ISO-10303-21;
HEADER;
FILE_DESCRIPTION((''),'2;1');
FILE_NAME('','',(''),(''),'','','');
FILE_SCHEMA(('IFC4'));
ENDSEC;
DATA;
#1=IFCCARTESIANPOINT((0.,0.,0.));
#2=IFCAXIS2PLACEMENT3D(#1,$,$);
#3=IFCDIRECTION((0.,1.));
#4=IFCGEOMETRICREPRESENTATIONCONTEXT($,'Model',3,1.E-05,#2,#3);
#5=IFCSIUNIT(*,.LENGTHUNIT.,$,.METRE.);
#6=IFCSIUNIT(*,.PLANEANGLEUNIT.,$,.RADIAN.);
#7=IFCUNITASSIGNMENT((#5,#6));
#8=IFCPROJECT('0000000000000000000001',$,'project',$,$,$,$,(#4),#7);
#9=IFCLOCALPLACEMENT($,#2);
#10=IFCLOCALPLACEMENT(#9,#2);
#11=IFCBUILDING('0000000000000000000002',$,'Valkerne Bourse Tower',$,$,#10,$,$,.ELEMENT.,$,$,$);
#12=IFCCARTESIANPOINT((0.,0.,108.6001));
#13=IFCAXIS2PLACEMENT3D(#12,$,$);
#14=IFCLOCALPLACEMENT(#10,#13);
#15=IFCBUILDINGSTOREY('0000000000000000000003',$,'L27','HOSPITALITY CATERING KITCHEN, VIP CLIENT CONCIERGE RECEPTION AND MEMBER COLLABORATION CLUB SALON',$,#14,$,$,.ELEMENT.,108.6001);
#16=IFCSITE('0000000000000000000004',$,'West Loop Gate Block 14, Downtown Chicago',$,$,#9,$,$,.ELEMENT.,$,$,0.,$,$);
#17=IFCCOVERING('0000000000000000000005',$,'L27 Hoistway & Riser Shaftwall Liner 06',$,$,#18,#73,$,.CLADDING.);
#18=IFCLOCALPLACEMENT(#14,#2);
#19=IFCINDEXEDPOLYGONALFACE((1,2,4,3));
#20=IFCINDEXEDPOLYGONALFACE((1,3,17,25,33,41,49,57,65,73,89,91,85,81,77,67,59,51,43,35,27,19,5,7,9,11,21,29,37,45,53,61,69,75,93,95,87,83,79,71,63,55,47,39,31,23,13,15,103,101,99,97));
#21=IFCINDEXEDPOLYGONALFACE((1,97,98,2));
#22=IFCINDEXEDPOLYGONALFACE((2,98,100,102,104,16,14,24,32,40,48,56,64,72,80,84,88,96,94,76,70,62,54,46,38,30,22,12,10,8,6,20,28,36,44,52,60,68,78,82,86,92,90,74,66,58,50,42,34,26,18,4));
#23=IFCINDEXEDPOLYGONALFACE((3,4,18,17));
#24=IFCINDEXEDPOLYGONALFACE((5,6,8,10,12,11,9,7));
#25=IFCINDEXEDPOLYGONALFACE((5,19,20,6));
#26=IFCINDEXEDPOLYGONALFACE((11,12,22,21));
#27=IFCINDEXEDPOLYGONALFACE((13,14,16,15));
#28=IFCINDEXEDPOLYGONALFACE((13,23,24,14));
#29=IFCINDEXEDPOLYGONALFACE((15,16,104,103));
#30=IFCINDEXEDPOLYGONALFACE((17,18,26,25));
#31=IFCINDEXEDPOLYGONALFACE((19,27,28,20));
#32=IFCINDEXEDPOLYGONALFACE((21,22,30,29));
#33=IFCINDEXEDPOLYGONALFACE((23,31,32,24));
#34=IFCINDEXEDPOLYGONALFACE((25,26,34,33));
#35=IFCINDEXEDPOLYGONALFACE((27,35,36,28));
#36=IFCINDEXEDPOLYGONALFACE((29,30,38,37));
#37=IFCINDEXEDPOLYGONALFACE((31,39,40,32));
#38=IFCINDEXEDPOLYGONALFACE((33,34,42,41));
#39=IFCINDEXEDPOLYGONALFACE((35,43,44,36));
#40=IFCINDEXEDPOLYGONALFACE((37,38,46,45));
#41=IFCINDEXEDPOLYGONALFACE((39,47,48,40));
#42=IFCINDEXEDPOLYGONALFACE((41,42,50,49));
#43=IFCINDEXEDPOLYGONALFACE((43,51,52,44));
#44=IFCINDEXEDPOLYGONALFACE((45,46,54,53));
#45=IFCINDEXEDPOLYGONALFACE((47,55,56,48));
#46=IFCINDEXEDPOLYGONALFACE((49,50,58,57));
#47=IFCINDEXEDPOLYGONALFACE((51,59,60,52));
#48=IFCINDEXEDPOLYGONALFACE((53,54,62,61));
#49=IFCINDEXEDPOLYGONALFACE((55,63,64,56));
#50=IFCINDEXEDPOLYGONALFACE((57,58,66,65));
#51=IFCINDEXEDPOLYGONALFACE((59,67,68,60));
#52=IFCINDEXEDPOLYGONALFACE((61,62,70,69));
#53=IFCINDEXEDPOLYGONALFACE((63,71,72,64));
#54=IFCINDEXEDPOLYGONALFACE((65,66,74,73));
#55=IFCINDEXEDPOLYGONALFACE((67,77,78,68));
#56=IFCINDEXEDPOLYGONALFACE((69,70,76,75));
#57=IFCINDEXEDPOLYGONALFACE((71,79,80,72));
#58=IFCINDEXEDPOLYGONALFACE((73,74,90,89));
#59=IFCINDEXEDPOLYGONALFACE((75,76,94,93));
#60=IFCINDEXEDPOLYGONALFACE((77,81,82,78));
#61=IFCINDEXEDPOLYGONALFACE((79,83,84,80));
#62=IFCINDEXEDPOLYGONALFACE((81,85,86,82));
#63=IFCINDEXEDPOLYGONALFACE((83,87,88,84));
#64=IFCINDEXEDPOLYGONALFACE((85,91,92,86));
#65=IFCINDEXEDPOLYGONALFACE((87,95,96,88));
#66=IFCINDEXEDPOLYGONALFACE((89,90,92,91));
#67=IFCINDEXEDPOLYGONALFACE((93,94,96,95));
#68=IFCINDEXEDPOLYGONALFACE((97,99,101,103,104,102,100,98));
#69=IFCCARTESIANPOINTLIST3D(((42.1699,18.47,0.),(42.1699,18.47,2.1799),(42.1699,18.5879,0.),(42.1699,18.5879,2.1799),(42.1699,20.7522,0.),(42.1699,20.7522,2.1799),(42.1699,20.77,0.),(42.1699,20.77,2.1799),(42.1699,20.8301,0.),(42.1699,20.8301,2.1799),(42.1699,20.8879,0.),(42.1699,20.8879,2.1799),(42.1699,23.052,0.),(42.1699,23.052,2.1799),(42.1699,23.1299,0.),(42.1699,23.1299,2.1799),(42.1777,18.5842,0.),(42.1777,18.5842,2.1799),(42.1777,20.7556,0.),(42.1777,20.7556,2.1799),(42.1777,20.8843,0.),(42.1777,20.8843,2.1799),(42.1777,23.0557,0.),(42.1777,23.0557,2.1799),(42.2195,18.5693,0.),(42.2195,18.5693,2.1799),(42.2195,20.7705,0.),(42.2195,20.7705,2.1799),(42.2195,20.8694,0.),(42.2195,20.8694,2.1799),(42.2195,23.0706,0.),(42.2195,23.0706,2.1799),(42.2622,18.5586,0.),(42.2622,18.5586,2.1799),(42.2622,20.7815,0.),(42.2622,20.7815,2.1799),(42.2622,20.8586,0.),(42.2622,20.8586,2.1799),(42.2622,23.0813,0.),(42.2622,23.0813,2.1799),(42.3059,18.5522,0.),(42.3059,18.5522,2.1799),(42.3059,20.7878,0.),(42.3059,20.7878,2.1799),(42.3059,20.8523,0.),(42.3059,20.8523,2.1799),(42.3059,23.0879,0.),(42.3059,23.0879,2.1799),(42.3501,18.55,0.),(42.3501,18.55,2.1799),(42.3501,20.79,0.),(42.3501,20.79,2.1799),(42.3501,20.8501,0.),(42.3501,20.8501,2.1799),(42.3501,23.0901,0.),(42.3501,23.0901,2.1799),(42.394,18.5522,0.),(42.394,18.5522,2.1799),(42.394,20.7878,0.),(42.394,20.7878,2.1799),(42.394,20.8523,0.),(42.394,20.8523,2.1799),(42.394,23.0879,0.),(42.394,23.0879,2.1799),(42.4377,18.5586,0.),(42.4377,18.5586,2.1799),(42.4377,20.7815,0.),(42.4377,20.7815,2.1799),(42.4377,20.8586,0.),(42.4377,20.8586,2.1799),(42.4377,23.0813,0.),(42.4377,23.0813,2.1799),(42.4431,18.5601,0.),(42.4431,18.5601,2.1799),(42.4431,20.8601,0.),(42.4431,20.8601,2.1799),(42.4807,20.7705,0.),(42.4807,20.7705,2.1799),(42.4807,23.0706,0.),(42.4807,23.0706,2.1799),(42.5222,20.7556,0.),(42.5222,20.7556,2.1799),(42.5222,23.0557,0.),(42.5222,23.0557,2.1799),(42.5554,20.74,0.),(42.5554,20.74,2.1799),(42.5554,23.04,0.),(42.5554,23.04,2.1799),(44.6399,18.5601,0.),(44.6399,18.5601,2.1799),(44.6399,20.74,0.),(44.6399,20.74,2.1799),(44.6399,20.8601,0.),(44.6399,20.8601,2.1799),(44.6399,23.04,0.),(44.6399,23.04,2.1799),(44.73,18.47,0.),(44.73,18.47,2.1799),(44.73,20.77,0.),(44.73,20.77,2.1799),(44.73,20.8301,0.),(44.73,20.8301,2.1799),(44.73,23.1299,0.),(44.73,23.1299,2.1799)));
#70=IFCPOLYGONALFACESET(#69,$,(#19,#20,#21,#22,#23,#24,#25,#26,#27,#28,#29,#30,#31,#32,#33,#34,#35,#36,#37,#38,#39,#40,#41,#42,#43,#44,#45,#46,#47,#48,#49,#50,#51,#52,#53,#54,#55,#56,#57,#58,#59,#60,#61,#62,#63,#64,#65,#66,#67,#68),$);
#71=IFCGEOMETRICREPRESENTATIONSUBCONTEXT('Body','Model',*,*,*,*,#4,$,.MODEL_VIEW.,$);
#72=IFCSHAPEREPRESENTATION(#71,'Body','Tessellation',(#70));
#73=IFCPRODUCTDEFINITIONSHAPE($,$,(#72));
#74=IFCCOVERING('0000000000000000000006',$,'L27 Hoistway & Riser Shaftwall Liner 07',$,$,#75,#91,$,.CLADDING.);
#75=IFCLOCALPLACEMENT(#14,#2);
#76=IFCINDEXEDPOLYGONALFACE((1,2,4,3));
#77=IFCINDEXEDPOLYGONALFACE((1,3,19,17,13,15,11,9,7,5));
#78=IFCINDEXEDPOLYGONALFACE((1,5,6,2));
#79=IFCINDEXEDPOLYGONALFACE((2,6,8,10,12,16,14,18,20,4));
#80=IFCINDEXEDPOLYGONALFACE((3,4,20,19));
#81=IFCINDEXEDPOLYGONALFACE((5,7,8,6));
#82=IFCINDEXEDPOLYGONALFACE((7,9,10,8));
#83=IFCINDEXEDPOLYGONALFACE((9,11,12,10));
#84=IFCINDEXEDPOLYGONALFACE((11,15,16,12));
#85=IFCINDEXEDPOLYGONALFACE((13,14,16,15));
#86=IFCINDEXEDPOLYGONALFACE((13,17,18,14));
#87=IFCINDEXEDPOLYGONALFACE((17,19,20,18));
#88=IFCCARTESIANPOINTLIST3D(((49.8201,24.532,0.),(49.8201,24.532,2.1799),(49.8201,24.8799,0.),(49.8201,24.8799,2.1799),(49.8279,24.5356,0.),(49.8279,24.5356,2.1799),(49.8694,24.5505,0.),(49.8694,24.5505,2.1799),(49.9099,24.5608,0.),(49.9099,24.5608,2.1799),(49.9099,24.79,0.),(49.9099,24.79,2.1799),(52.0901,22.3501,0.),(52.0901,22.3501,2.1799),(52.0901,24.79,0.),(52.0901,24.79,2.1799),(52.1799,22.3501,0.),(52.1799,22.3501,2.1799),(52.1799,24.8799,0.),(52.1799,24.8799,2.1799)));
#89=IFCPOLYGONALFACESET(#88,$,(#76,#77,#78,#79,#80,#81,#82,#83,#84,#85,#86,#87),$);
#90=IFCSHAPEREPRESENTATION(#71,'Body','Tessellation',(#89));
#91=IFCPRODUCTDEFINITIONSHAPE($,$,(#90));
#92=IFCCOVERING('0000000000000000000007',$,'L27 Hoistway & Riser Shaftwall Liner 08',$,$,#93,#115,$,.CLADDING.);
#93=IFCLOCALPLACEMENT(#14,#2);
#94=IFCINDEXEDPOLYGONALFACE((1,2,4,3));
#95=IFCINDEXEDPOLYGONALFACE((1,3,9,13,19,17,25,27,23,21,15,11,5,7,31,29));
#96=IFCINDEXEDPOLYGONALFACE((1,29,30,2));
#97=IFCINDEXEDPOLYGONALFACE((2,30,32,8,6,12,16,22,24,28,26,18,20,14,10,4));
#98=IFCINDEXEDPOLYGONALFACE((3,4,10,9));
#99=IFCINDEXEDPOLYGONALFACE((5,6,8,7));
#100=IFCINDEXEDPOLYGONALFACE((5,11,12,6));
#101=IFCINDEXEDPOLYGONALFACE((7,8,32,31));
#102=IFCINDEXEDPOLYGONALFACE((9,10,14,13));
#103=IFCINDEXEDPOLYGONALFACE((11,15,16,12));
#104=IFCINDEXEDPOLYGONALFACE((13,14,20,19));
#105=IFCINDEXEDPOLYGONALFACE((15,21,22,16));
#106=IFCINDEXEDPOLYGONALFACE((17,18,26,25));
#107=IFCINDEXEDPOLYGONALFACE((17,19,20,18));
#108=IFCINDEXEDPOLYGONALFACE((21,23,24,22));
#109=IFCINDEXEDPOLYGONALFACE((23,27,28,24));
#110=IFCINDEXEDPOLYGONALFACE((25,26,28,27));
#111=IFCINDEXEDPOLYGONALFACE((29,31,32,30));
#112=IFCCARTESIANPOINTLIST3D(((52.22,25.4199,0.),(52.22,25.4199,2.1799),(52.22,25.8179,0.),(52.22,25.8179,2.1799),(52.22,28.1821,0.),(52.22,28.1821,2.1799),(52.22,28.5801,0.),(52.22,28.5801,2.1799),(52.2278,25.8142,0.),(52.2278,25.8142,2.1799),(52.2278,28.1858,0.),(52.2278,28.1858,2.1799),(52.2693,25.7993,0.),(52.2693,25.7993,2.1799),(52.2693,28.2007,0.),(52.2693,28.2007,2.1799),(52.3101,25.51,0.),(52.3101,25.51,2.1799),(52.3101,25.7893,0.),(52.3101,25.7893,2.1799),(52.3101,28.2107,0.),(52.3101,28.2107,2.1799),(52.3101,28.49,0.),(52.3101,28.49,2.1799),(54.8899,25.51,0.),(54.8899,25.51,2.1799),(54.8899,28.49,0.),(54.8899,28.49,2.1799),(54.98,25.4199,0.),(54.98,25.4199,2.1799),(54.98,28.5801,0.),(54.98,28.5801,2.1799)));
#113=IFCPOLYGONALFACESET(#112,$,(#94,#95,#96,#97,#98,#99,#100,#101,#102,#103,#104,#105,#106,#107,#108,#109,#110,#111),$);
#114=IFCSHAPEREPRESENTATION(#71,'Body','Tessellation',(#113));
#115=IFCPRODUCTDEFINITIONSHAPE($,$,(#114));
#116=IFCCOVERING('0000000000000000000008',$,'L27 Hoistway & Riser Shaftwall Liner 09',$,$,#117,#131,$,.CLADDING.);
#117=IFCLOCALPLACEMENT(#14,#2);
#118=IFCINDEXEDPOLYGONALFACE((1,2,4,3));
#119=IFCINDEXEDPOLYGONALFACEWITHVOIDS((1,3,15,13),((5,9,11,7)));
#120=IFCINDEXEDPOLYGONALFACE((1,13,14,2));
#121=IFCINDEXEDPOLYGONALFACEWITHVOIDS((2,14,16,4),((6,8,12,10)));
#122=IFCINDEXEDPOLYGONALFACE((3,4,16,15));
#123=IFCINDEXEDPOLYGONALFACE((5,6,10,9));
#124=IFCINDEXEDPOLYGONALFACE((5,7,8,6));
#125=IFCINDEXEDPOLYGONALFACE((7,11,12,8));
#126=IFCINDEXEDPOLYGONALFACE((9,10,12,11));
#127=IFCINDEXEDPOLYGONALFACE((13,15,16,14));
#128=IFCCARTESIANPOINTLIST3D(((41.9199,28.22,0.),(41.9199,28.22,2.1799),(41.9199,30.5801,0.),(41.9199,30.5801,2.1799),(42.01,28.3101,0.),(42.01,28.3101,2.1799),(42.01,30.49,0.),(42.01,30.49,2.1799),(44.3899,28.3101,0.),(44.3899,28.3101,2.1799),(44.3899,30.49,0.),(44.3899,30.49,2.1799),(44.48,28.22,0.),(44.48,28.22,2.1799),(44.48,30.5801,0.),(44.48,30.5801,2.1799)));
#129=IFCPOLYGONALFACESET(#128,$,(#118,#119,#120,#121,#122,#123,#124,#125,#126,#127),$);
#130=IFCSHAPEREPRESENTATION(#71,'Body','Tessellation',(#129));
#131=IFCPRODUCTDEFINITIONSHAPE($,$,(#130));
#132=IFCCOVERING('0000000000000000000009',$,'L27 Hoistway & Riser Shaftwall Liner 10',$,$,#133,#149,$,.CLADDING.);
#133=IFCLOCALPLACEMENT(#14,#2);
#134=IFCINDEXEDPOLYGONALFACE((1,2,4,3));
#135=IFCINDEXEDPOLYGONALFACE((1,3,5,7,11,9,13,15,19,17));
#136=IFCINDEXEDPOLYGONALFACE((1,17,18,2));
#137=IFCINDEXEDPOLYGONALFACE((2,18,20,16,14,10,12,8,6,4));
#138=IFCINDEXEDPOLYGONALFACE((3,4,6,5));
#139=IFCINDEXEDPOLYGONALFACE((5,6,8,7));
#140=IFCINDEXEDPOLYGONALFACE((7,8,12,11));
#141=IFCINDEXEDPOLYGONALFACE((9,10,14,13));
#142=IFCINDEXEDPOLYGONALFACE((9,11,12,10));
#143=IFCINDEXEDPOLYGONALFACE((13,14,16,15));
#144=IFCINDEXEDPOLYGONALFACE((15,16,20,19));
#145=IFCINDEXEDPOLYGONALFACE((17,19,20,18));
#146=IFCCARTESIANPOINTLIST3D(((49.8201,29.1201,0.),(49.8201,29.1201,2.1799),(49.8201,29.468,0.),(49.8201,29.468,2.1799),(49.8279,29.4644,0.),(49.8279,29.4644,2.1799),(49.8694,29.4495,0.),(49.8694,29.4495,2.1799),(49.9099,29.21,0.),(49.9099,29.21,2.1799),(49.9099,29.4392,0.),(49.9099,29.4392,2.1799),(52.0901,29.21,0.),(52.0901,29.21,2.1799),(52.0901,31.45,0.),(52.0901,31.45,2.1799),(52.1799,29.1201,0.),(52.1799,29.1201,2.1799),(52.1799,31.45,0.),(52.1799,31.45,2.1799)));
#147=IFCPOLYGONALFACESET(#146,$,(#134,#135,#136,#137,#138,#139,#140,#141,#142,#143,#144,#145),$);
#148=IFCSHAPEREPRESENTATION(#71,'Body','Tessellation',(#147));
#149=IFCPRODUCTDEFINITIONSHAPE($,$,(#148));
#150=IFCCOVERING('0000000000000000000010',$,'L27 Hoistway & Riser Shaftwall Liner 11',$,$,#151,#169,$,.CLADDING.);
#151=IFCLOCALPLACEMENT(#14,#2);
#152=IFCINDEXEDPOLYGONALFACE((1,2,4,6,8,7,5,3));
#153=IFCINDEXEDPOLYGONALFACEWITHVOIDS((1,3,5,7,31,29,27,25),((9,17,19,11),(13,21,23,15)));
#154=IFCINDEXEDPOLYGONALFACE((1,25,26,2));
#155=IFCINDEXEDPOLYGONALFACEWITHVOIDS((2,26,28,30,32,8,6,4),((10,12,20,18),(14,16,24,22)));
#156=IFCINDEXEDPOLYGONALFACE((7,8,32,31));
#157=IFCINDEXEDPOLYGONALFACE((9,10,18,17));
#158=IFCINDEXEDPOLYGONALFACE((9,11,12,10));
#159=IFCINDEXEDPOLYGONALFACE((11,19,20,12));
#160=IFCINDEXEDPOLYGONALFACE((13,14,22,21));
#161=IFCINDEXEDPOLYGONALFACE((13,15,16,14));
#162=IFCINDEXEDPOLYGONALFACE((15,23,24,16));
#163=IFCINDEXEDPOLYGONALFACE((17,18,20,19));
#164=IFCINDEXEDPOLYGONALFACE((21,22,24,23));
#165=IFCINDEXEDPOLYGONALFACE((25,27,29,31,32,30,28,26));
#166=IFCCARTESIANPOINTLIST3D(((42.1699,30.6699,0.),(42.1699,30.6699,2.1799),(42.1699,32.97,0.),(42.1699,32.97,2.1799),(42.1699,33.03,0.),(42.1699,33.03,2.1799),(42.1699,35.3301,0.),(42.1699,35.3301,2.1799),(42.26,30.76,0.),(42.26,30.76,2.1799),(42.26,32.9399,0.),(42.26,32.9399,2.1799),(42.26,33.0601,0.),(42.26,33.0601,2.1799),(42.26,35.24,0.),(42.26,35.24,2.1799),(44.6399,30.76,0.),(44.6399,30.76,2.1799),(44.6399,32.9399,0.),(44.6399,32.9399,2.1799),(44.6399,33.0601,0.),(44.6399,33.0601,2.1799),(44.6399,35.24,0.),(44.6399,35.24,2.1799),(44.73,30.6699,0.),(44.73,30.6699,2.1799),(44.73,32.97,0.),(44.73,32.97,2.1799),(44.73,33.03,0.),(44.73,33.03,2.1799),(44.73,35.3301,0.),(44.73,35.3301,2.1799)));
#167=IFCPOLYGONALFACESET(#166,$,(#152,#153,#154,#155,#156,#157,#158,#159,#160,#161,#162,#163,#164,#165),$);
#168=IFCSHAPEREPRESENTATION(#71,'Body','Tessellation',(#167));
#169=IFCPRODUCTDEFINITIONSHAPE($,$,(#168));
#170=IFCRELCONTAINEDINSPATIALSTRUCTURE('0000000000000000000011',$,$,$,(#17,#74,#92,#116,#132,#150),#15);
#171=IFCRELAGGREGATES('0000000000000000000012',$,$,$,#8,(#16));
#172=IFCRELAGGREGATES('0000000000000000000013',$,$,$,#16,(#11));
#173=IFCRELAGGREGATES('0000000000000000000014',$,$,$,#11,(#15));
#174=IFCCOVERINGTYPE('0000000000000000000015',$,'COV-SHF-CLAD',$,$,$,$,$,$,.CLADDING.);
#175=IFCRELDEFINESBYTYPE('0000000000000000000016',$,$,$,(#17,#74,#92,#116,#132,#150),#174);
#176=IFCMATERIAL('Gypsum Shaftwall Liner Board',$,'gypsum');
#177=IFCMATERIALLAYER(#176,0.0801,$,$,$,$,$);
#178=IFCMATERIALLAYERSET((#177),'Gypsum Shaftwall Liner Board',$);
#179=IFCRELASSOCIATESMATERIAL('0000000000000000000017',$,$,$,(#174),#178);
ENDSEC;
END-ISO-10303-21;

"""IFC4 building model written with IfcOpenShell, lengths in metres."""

from ifc_helpers import new_model, si_unit, direction, frame, origin, place, context, subcontext, project, spatial, polyline, outline, extrude, material, layer, layer_set, type_object, element, save


model = new_model("IFC4")

# Units and contexts
model_context = context("Model", 3, precision=1e-05, world=origin(), true_north=direction((0.0, 1.0)))
body_context = subcontext(model_context, "Body", "Model", "MODEL_VIEW")
ifc_project = project(units=[si_unit("LENGTHUNIT", "METRE"), si_unit("PLANEANGLEUNIT", "RADIAN")], contexts=[model_context])

# Site, building, storey
site_placement = place(None, origin())
site = spatial("IfcSite", under=ifc_project, at=site_placement, Name="West Loop Gate Block 14, Downtown Chicago", CompositionType="ELEMENT", RefElevation=0.0)
building_placement = place(site_placement, origin())
building = spatial("IfcBuilding", under=site, at=building_placement, Name="Valkerne Bourse Tower", CompositionType="ELEMENT")
storey_placement = place(building_placement, frame((0.0, 0.0, 108.6001)))
storey = spatial("IfcBuildingStorey", under=building, at=storey_placement, Name="L27", Description="HOSPITALITY CATERING KITCHEN, VIP CLIENT CONCIERGE RECEPTION AND MEMBER COLLABORATION CLUB SALON", CompositionType="ELEMENT", Elevation=108.6001)

# Coverings
ifc_material_1 = material(Name="Gypsum Shaftwall Liner Board", Category="gypsum")
ifc_layer_1 = layer(ifc_material_1, 0.0801)
ifc_layer_set_1 = layer_set([ifc_layer_1], Name="Gypsum Shaftwall Liner Board")
covering_type_1 = type_object("IfcCoveringType", Name="COV-SHF-CLAD", PredefinedType="CLADDING", material=ifc_layer_set_1)
covering_1_placement = place(storey_placement, origin())
element("IfcCovering", 1, at=covering_1_placement, inside=storey, type_object=covering_type_1, Name="L27 Hoistway & Riser Shaftwall Liner 06", PredefinedType="CLADDING", context=body_context, shape_type="SweptSolid", body=[
    extrude(outline(polyline([(42.1699, 20.8301), (42.1699, 20.8879), (42.1777, 20.8843), (42.2195, 20.8694), (42.2622, 20.8586), (42.3059, 20.8523), (42.3501, 20.8501), (42.394, 20.8523), (42.4377, 20.8586), (42.4431, 20.8601), (44.6399, 20.8601), (44.6399, 23.04), (42.5554, 23.04), (42.5222, 23.0557), (42.4807, 23.0706), (42.4377, 23.0813), (42.394, 23.0879), (42.3501, 23.0901), (42.3059, 23.0879), (42.2622, 23.0813), (42.2195, 23.0706), (42.1777, 23.0557), (42.1699, 23.052), (42.1699, 23.1299), (44.73, 23.1299), (44.73, 20.8301), (44.73, 20.77), (44.73, 18.47), (42.1699, 18.47), (42.1699, 18.5879), (42.1777, 18.5842), (42.2195, 18.5693), (42.2622, 18.5586), (42.3059, 18.5522), (42.3501, 18.55), (42.394, 18.5522), (42.4377, 18.5586), (42.4431, 18.5601), (44.6399, 18.5601), (44.6399, 20.74), (42.5554, 20.74), (42.5222, 20.7556), (42.4807, 20.7705), (42.4377, 20.7815), (42.394, 20.7878), (42.3501, 20.79), (42.3059, 20.7878), (42.2622, 20.7815), (42.2195, 20.7705), (42.1777, 20.7556), (42.1699, 20.7522), (42.1699, 20.77), (42.1699, 20.8301)])), origin(), (0.0, 0.0, 1.0), 2.1799),
])
covering_2_placement = place(storey_placement, origin())
element("IfcCovering", 2, at=covering_2_placement, inside=storey, type_object=covering_type_1, Name="L27 Hoistway & Riser Shaftwall Liner 07", PredefinedType="CLADDING", context=body_context, shape_type="SweptSolid", body=[
    extrude(outline(polyline([(52.1799, 22.3501), (52.0901, 22.3501), (52.0901, 24.79), (49.9099, 24.79), (49.9099, 24.5608), (49.8694, 24.5505), (49.8279, 24.5356), (49.8201, 24.532), (49.8201, 24.8799), (52.1799, 24.8799), (52.1799, 22.3501)])), origin(), (0.0, 0.0, 1.0), 2.1799),
])
covering_3_placement = place(storey_placement, origin())
element("IfcCovering", 3, at=covering_3_placement, inside=storey, type_object=covering_type_1, Name="L27 Hoistway & Riser Shaftwall Liner 08", PredefinedType="CLADDING", context=body_context, shape_type="SweptSolid", body=[
    extrude(outline(polyline([(54.98, 25.4199), (52.22, 25.4199), (52.22, 25.8179), (52.2278, 25.8142), (52.2693, 25.7993), (52.3101, 25.7893), (52.3101, 25.51), (54.8899, 25.51), (54.8899, 28.49), (52.3101, 28.49), (52.3101, 28.2107), (52.2693, 28.2007), (52.2278, 28.1858), (52.22, 28.1821), (52.22, 28.5801), (54.98, 28.5801), (54.98, 25.4199)])), origin(), (0.0, 0.0, 1.0), 2.1799),
])
covering_4_placement = place(storey_placement, origin())
element("IfcCovering", 4, at=covering_4_placement, inside=storey, type_object=covering_type_1, Name="L27 Hoistway & Riser Shaftwall Liner 09", PredefinedType="CLADDING", context=body_context, shape_type="SweptSolid", body=[
    extrude(outline(polyline([(44.48, 28.22), (41.9199, 28.22), (41.9199, 30.5801), (44.48, 30.5801), (44.48, 28.22)]), holes=[polyline([(42.01, 30.49), (42.01, 28.3101), (44.3899, 28.3101), (44.3899, 30.49), (42.01, 30.49)])]), origin(), (0.0, 0.0, 1.0), 2.1799),
])
covering_5_placement = place(storey_placement, origin())
element("IfcCovering", 5, at=covering_5_placement, inside=storey, type_object=covering_type_1, Name="L27 Hoistway & Riser Shaftwall Liner 10", PredefinedType="CLADDING", context=body_context, shape_type="SweptSolid", body=[
    extrude(outline(polyline([(49.8201, 29.1201), (49.8201, 29.468), (49.8279, 29.4644), (49.8694, 29.4495), (49.9099, 29.4392), (49.9099, 29.21), (52.0901, 29.21), (52.0901, 31.45), (52.1799, 31.45), (52.1799, 29.1201), (49.8201, 29.1201)])), origin(), (0.0, 0.0, 1.0), 2.1799),
])
covering_6_placement = place(storey_placement, origin())
element("IfcCovering", 6, at=covering_6_placement, inside=storey, type_object=covering_type_1, Name="L27 Hoistway & Riser Shaftwall Liner 11", PredefinedType="CLADDING", context=body_context, shape_type="SweptSolid", body=[
    extrude(outline(polyline([(44.73, 35.3301), (44.73, 33.03), (44.73, 32.97), (44.73, 30.6699), (42.1699, 30.6699), (42.1699, 32.97), (42.1699, 33.03), (42.1699, 35.3301), (44.73, 35.3301)]), holes=[polyline([(42.26, 30.76), (44.6399, 30.76), (44.6399, 32.9399), (42.26, 32.9399), (42.26, 30.76)]), polyline([(42.26, 33.0601), (44.6399, 33.0601), (44.6399, 35.24), (42.26, 35.24), (42.26, 33.0601)])]), origin(), (0.0, 0.0, 1.0), 2.1799),
])

save(model, "model.ifc")
